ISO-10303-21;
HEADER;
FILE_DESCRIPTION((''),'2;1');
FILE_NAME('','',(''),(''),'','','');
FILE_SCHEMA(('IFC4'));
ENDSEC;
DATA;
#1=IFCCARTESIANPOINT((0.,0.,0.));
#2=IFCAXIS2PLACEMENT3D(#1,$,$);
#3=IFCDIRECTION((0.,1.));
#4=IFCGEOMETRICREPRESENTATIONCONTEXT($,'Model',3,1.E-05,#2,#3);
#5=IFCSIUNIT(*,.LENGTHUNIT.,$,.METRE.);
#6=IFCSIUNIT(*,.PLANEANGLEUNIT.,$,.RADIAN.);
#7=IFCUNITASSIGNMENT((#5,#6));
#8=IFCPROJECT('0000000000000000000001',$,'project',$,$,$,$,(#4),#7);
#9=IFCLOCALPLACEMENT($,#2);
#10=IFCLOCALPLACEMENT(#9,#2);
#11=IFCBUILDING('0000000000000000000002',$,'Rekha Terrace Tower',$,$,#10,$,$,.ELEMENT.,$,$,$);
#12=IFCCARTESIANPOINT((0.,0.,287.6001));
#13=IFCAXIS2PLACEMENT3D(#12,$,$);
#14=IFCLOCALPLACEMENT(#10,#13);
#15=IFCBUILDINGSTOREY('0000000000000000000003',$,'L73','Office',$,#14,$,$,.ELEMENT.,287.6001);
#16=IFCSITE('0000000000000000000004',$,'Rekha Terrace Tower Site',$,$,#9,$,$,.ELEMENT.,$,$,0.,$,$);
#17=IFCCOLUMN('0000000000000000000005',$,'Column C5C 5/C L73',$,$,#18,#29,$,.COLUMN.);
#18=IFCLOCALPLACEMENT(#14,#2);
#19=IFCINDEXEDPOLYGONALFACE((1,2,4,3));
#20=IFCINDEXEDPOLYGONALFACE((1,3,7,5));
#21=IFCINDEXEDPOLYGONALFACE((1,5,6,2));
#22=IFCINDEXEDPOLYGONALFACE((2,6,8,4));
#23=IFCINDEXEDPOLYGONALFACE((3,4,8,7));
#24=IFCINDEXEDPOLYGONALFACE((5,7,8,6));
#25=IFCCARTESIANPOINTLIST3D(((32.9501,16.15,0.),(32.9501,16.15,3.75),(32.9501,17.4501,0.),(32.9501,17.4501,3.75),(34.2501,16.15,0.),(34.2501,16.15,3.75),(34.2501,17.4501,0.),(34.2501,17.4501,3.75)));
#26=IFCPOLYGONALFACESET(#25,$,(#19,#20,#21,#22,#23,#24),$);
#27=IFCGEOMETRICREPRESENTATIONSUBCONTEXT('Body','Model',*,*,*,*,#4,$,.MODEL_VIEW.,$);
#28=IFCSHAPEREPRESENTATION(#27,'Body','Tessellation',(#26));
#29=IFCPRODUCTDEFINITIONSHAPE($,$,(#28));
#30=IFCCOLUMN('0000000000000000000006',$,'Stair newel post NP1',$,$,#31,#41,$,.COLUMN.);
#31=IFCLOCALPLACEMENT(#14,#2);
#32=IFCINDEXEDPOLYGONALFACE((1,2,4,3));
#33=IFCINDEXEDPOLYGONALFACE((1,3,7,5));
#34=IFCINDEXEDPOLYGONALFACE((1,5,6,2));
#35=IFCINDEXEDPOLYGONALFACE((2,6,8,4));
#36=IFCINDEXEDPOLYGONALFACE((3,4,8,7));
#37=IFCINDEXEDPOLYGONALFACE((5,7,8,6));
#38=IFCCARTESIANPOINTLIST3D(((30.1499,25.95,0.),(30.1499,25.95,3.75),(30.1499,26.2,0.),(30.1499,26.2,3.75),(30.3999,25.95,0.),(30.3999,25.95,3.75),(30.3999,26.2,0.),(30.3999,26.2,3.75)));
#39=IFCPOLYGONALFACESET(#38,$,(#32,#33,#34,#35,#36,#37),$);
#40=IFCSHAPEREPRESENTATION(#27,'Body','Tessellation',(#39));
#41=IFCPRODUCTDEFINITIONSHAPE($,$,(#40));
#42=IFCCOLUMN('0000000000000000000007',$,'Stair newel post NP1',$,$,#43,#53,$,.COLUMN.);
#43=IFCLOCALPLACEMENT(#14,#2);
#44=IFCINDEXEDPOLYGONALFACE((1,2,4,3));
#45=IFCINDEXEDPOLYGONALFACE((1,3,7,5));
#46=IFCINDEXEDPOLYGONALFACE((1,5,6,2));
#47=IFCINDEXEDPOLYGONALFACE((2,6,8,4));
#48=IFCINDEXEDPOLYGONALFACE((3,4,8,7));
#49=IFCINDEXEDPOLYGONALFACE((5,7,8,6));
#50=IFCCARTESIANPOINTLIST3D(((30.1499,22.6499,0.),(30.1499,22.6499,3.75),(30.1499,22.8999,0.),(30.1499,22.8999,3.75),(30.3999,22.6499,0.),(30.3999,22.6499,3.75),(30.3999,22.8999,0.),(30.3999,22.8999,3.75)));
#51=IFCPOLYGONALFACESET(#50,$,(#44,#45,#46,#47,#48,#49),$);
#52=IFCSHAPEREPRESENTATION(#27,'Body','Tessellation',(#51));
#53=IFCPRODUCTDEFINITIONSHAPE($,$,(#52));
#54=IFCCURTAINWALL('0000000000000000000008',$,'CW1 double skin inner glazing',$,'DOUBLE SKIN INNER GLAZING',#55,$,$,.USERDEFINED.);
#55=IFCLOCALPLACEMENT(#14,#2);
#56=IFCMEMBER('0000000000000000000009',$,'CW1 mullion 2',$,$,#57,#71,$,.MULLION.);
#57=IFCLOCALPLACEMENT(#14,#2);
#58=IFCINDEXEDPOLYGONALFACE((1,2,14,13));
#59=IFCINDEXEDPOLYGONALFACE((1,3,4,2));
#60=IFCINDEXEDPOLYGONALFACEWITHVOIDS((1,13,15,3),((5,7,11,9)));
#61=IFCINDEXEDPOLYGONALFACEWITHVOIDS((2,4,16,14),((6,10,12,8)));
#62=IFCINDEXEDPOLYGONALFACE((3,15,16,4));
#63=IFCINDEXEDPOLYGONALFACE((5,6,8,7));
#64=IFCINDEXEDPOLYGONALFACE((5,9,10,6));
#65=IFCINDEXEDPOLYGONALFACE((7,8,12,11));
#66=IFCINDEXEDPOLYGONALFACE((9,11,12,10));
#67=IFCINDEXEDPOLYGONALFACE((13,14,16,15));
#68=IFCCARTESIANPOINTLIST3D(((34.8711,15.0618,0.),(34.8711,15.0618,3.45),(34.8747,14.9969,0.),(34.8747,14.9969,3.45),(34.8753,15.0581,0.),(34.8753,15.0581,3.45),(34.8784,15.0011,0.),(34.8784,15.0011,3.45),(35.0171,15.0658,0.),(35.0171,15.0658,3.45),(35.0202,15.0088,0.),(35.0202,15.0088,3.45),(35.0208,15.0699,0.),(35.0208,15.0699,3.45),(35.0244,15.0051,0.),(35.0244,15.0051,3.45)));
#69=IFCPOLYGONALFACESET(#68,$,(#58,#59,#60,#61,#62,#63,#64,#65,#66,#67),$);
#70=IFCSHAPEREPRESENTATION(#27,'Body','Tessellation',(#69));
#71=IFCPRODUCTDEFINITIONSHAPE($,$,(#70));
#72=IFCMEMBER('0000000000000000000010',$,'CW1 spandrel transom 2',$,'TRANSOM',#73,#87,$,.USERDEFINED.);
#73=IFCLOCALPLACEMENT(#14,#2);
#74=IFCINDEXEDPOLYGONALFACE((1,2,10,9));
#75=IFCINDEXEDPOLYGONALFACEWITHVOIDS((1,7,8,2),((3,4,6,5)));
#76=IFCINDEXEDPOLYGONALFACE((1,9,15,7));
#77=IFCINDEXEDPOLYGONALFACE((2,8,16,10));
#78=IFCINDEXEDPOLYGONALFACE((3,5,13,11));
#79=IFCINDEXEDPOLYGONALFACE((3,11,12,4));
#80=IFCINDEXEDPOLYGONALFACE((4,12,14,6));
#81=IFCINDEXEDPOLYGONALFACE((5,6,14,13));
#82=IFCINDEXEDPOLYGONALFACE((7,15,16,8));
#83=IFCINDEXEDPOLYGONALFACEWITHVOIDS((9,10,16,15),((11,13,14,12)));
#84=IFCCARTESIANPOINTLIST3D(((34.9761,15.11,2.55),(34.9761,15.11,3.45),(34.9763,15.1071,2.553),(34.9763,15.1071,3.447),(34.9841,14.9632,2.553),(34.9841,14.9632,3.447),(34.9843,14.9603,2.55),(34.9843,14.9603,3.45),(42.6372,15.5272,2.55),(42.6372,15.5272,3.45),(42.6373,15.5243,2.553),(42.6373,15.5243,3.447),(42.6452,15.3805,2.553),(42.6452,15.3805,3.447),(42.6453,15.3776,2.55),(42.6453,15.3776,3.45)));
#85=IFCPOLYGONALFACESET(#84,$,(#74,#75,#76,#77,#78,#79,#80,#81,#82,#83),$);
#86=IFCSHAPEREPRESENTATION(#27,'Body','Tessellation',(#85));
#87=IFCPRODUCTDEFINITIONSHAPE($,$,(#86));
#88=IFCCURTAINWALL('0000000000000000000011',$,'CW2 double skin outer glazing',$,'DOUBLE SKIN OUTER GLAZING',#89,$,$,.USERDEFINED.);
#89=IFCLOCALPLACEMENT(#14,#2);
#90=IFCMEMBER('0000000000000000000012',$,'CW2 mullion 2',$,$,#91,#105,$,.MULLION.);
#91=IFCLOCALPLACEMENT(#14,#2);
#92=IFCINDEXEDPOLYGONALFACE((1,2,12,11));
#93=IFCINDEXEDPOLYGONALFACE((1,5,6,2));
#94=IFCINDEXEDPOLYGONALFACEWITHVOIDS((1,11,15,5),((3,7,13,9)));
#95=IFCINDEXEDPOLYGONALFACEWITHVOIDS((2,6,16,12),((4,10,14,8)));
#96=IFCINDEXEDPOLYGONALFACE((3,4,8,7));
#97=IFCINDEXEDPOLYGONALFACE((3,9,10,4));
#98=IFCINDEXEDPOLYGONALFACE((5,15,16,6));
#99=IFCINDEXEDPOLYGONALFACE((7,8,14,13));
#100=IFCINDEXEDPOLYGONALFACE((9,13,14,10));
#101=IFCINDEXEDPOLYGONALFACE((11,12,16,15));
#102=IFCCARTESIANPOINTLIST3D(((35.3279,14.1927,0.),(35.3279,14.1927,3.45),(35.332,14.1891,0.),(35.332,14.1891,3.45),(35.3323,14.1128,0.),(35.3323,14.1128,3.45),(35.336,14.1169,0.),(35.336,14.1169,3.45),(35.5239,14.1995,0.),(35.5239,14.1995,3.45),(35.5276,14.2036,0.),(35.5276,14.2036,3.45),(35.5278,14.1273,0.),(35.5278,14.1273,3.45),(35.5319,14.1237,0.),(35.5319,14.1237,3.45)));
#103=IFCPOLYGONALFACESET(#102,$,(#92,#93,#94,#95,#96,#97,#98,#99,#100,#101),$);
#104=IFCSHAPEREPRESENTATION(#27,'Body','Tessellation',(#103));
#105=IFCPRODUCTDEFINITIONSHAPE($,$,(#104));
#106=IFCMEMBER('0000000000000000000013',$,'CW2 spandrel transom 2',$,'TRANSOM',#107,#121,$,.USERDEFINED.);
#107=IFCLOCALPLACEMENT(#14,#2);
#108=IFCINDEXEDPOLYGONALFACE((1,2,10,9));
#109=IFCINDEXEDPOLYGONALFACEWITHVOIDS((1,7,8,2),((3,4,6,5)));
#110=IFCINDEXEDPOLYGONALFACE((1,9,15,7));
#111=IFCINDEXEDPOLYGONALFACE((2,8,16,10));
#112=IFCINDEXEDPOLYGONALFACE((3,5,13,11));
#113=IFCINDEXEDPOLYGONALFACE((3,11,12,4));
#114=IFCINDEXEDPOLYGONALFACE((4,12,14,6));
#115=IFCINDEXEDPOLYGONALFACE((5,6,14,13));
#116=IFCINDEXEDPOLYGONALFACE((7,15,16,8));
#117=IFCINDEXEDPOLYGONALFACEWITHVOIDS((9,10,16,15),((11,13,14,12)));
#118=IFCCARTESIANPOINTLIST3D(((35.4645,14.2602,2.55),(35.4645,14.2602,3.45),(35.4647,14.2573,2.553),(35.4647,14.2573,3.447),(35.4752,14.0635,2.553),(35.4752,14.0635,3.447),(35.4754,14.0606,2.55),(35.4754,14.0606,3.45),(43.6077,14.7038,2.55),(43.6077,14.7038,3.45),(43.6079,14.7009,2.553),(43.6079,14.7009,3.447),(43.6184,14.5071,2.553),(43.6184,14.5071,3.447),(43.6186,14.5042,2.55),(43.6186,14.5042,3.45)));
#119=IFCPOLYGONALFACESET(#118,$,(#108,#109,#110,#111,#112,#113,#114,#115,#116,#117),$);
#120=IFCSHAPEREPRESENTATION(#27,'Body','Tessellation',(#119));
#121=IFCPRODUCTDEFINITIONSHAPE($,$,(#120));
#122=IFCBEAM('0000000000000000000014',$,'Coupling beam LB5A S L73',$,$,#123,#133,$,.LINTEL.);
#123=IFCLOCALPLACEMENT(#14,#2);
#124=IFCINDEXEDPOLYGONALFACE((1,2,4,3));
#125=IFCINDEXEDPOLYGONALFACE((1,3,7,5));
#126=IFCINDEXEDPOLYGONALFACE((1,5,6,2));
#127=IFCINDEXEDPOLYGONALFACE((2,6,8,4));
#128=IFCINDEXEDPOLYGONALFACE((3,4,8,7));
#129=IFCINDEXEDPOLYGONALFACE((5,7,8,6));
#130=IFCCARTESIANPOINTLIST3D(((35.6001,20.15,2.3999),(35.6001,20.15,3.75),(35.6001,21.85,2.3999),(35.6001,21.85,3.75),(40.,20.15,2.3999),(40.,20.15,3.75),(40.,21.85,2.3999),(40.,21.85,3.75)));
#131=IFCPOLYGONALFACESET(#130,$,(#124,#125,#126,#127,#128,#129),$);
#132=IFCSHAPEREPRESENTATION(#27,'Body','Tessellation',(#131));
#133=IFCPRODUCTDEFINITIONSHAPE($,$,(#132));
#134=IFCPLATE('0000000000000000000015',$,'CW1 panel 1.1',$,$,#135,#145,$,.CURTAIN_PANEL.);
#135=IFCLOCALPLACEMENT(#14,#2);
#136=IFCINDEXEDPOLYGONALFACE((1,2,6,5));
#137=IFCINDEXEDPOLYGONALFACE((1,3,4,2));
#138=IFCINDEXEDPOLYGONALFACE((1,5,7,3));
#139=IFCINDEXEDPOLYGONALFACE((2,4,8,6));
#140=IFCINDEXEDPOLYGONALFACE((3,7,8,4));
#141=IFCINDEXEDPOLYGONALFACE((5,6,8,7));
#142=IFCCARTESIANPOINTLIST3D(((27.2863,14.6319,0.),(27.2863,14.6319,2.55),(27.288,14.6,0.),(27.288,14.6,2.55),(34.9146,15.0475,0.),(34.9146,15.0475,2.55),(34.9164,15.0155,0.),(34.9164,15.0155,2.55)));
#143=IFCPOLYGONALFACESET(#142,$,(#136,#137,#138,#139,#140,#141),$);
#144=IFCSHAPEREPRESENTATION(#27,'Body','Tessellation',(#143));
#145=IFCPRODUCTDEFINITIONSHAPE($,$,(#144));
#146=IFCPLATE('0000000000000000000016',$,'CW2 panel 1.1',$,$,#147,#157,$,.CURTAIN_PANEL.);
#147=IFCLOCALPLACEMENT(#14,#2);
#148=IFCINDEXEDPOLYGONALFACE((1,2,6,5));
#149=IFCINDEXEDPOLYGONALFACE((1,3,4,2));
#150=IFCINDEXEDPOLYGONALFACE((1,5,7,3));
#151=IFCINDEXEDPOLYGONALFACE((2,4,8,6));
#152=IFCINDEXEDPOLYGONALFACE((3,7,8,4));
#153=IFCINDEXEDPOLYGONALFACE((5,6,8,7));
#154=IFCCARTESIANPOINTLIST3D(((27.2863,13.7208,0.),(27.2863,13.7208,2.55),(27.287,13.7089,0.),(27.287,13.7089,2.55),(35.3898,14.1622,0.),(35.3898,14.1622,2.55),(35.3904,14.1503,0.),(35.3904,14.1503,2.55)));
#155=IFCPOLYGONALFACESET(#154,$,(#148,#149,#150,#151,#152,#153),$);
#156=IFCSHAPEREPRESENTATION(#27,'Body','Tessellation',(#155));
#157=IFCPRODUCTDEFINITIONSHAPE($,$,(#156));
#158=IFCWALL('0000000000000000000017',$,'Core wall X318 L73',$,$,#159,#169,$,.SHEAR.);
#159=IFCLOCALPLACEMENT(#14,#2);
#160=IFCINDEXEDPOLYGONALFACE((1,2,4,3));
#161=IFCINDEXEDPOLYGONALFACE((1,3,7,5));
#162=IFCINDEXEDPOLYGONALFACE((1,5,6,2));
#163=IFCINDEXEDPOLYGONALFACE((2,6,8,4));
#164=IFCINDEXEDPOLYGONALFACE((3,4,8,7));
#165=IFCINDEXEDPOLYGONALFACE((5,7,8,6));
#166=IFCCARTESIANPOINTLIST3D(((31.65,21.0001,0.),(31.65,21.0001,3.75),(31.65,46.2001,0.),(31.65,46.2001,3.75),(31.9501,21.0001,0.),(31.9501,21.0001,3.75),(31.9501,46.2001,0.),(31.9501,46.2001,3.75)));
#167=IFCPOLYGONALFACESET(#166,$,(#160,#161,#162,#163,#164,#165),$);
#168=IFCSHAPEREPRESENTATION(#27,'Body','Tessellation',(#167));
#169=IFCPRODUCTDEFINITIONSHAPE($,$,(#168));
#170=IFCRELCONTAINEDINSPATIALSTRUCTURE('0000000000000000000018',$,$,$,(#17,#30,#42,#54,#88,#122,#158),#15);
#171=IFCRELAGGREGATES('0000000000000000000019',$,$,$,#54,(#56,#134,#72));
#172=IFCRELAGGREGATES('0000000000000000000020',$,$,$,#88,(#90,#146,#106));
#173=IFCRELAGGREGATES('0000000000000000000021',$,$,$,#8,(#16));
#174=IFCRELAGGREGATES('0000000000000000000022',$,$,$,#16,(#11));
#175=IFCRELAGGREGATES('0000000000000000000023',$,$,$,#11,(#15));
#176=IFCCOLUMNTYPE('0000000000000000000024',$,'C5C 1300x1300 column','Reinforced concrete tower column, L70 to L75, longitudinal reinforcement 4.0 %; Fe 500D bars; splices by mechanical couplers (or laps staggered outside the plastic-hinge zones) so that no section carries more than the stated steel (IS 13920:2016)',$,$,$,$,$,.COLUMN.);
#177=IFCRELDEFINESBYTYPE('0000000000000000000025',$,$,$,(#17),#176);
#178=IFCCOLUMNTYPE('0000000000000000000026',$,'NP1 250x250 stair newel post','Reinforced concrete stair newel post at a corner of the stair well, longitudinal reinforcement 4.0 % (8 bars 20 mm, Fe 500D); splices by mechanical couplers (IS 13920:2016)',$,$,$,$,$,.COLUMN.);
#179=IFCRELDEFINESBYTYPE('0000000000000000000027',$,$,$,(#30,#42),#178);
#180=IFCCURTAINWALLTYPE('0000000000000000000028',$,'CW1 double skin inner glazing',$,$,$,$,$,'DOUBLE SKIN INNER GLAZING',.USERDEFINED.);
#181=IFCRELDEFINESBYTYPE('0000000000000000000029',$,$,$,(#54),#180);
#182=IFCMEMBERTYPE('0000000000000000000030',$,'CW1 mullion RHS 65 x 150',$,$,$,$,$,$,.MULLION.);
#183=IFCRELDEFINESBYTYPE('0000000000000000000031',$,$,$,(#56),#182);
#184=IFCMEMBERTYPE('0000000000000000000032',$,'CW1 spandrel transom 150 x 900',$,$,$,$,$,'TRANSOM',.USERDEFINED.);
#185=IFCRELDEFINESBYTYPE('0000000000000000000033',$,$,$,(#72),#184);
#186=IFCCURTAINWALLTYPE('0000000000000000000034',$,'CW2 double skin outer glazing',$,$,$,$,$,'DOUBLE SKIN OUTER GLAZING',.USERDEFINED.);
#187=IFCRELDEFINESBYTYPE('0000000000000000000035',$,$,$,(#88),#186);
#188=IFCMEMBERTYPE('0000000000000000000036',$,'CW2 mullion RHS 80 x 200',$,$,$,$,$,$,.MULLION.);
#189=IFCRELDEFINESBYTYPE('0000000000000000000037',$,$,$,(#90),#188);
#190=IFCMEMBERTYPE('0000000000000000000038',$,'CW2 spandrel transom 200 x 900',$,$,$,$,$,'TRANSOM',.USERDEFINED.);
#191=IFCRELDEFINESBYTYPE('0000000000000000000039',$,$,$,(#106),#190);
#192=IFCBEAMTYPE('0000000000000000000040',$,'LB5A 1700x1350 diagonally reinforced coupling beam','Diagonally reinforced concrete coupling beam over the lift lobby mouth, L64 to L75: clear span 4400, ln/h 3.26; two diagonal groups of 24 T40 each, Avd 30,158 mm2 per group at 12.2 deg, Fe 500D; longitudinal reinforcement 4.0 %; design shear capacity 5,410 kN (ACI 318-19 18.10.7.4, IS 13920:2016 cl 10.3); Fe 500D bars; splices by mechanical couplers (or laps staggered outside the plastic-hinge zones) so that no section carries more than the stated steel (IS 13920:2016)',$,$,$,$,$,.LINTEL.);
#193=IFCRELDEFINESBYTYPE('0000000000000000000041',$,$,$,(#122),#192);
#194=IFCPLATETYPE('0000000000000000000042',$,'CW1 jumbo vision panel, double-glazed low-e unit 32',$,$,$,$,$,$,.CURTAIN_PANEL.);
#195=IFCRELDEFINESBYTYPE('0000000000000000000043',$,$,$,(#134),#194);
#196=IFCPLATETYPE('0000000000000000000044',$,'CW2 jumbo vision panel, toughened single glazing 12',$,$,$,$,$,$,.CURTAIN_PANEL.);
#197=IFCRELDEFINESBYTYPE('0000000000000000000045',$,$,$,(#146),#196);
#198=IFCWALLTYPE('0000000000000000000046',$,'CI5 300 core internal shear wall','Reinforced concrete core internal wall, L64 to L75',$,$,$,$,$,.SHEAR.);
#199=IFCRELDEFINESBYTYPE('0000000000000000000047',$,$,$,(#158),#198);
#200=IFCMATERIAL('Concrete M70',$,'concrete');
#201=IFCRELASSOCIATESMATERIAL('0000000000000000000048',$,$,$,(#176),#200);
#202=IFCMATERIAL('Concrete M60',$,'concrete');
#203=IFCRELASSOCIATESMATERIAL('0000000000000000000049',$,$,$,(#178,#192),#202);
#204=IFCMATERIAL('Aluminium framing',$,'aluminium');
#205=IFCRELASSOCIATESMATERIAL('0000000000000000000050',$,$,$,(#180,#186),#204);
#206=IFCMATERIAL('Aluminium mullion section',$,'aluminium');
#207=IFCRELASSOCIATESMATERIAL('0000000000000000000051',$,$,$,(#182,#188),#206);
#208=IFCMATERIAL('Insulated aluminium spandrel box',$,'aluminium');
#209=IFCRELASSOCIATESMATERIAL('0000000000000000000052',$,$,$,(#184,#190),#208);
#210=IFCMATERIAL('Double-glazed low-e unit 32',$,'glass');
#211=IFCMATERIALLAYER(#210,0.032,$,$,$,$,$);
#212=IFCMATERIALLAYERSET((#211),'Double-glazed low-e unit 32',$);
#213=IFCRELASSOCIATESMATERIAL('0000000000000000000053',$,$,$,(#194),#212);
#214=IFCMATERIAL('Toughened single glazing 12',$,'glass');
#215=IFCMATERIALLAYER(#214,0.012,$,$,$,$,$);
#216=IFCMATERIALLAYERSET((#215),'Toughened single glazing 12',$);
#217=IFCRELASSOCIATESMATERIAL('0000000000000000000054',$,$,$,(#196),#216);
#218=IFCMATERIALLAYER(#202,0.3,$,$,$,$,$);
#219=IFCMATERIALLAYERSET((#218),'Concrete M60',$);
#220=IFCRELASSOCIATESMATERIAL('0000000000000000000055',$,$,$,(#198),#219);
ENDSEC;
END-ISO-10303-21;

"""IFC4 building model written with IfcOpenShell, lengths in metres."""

from ifc_helpers import new_model, si_unit, direction, frame, frame_2d, origin, origin_2d, place, context, subcontext, project, spatial, rectangle, hollow_rectangle, extrude, material, layer, layer_set, material_profile, profile_set, type_object, element, aggregate, save


model = new_model("IFC4")

# Units and contexts
model_context = context("Model", 3, precision=1e-05, world=origin(), true_north=direction((0.0, 1.0)))
body_context = subcontext(model_context, "Body", "Model", "MODEL_VIEW")
ifc_project = project(units=[si_unit("LENGTHUNIT", "METRE"), si_unit("PLANEANGLEUNIT", "RADIAN")], contexts=[model_context])

# Site, building, storey
site_placement = place(None, origin())
site = spatial("IfcSite", under=ifc_project, at=site_placement, Name="Rekha Terrace Tower Site", CompositionType="ELEMENT", RefElevation=0.0)
building_placement = place(site_placement, origin())
building = spatial("IfcBuilding", under=site, at=building_placement, Name="Rekha Terrace Tower", CompositionType="ELEMENT")
storey_placement = place(building_placement, frame((0.0, 0.0, 287.6001)))
storey = spatial("IfcBuildingStorey", under=building, at=storey_placement, Name="L73", Description="Office", CompositionType="ELEMENT", Elevation=287.6001)

# Columns
ifc_material_1 = material(Name="Concrete M70", Category="concrete")
ifc_material_profile_1 = material_profile(ifc_material_1, rectangle(XDim=1.3, YDim=1.3, at=origin_2d()), Name="RC 1300x1300")
ifc_profile_set_1 = profile_set([ifc_material_profile_1], Name="Concrete M70")
column_type_1 = type_object("IfcColumnType", Name="C5C 1300x1300 column", Description="Reinforced concrete tower column, L70 to L75, longitudinal reinforcement 4.0 %; Fe 500D bars; splices by mechanical couplers (or laps staggered outside the plastic-hinge zones) so that no section carries more than the stated steel (IS 13920:2016)", PredefinedType="COLUMN", material=ifc_profile_set_1)
column_placement = place(storey_placement, frame((33.6001, 16.8, 0.0), z_axis=(0.0, 0.0, 1.0), x_axis=(1.0, 0.0, 0.0)))
element("IfcColumn", 1, at=column_placement, inside=storey, type_object=column_type_1, Name="Column C5C 5/C L73", PredefinedType="COLUMN", context=body_context, shape_type="SweptSolid", body=[
    extrude(rectangle(XDim=1.3, YDim=1.3, at=origin_2d()), origin(), (0.0, 0.0, 1.0), 3.75),
])
ifc_material_2 = material(Name="Concrete M60", Category="concrete")
ifc_material_profile_2 = material_profile(ifc_material_2, rectangle(XDim=0.25, YDim=0.25, at=origin_2d()), Name="RC 250x250")
ifc_profile_set_2 = profile_set([ifc_material_profile_2], Name="Concrete M60")
column_type_2 = type_object("IfcColumnType", Name="NP1 250x250 stair newel post", Description="Reinforced concrete stair newel post at a corner of the stair well, longitudinal reinforcement 4.0 % (8 bars 20 mm, Fe 500D); splices by mechanical couplers (IS 13920:2016)", PredefinedType="COLUMN", material=ifc_profile_set_2)
for number, where, z_axis, x_axis, name in (
    (2, (30.2749, 26.075, 0.0), (0.0, 0.0, 1.0), (1.0, 0.0, 0.0), "Stair newel post NP1"),
    (3, (30.2749, 22.7749, 0.0), (0.0, 0.0, 1.0), (1.0, 0.0, 0.0), "Stair newel post NP1"),
):
    element("IfcColumn", number, at=place(storey_placement, frame(where, z_axis=z_axis, x_axis=x_axis)), inside=storey, type_object=column_type_2, Name=name, PredefinedType="COLUMN", context=body_context, shape_type="SweptSolid", body=[
        extrude(rectangle(XDim=0.25, YDim=0.25, at=origin_2d()), origin(), (0.0, 0.0, 1.0), 3.75),
    ])

# Curtain walls, members
ifc_material_3 = material(Name="Aluminium framing", Category="aluminium")
curtain_wall_type_1 = type_object("IfcCurtainWallType", Name="CW1 double skin inner glazing", ElementType="DOUBLE SKIN INNER GLAZING", PredefinedType="USERDEFINED", material=ifc_material_3)
curtain_wall_1_placement = place(storey_placement, origin())
curtain_wall_1 = element("IfcCurtainWall", 4, at=curtain_wall_1_placement, inside=storey, type_object=curtain_wall_type_1, Name="CW1 double skin inner glazing", ObjectType="DOUBLE SKIN INNER GLAZING", PredefinedType="USERDEFINED")
ifc_material_4 = material(Name="Aluminium mullion section", Category="aluminium")
ifc_material_profile_3 = material_profile(ifc_material_4, hollow_rectangle(XDim=0.0649, YDim=0.1499, WallThickness=0.0039, at=origin_2d()), Name="AL RHS 65x150")
ifc_profile_set_3 = profile_set([ifc_material_profile_3], Name="Aluminium mullion section")
member_type_1 = type_object("IfcMemberType", Name="CW1 mullion RHS 65 x 150", PredefinedType="MULLION", material=ifc_profile_set_3)
member_1_placement = place(storey_placement, frame((34.9478, 15.0334, 0.0), z_axis=(0.0, 0.0, 1.0), x_axis=(-0.054389, 0.99852, 0.0)))
member_1 = element("IfcMember", 5, at=member_1_placement, type_object=member_type_1, Name="CW1 mullion 2", PredefinedType="MULLION", context=body_context, shape_type="SweptSolid", body=[
    extrude(hollow_rectangle(XDim=0.0649, YDim=0.1499, WallThickness=0.0039, at=origin_2d()), origin(), (0.0, 0.0, 1.0), 3.45),
])
ifc_material_5 = material(Name="Insulated aluminium spandrel box", Category="aluminium")
ifc_material_profile_4 = material_profile(ifc_material_5, hollow_rectangle(XDim=0.1499, YDim=0.8999, WallThickness=0.0029, at=origin_2d()), Name="AL SPANDREL BOX 150x900")
ifc_profile_set_4 = profile_set([ifc_material_profile_4], Name="Insulated aluminium spandrel box")
member_type_2 = type_object("IfcMemberType", Name="CW1 spandrel transom 150 x 900", ElementType="TRANSOM", PredefinedType="USERDEFINED", material=ifc_profile_set_4)
member_2_placement = place(storey_placement, frame((34.9802, 15.0352, 3.0), z_axis=(0.99852, 0.054383, 0.0), x_axis=(-0.054383, 0.99852, 0.0)))
member_2 = element("IfcMember", 6, at=member_2_placement, type_object=member_type_2, Name="CW1 spandrel transom 2", ObjectType="TRANSOM", PredefinedType="USERDEFINED", context=body_context, shape_type="SweptSolid", body=[
    extrude(hollow_rectangle(XDim=0.1499, YDim=0.8999, WallThickness=0.0029, at=origin_2d()), origin(), (0.0, 0.0, 1.0), 7.6724),
])
curtain_wall_type_2 = type_object("IfcCurtainWallType", Name="CW2 double skin outer glazing", ElementType="DOUBLE SKIN OUTER GLAZING", PredefinedType="USERDEFINED", material=ifc_material_3)
curtain_wall_2_placement = place(storey_placement, origin())
curtain_wall_2 = element("IfcCurtainWall", 7, at=curtain_wall_2_placement, inside=storey, type_object=curtain_wall_type_2, Name="CW2 double skin outer glazing", ObjectType="DOUBLE SKIN OUTER GLAZING", PredefinedType="USERDEFINED")
ifc_material_profile_5 = material_profile(ifc_material_4, hollow_rectangle(XDim=0.0801, YDim=0.2, WallThickness=0.0039, at=origin_2d()), Name="AL RHS 80x200")
ifc_profile_set_5 = profile_set([ifc_material_profile_5], Name="Aluminium mullion section")
member_type_3 = type_object("IfcMemberType", Name="CW2 mullion RHS 80 x 200", PredefinedType="MULLION", material=ifc_profile_set_5)
member_3_placement = place(storey_placement, frame((35.4299, 14.1582, 0.0), z_axis=(0.0, 0.0, 1.0), x_axis=(-0.054389, 0.99852, 0.0)))
member_3 = element("IfcMember", 8, at=member_3_placement, type_object=member_type_3, Name="CW2 mullion 2", PredefinedType="MULLION", context=body_context, shape_type="SweptSolid", body=[
    extrude(hollow_rectangle(XDim=0.0801, YDim=0.2, WallThickness=0.0039, at=origin_2d()), origin(), (0.0, 0.0, 1.0), 3.45),
])
ifc_material_profile_6 = material_profile(ifc_material_5, hollow_rectangle(XDim=0.2, YDim=0.8999, WallThickness=0.0029, at=origin_2d()), Name="AL SPANDREL BOX 200x900")
ifc_profile_set_6 = profile_set([ifc_material_profile_6], Name="Insulated aluminium spandrel box")
member_type_4 = type_object("IfcMemberType", Name="CW2 spandrel transom 200 x 900", ElementType="TRANSOM", PredefinedType="USERDEFINED", material=ifc_profile_set_6)
member_4_placement = place(storey_placement, frame((35.47, 14.1604, 3.0), z_axis=(0.99852, 0.054394, 0.0), x_axis=(-0.054394, 0.99852, 0.0)))
member_4 = element("IfcMember", 9, at=member_4_placement, type_object=member_type_4, Name="CW2 spandrel transom 2", ObjectType="TRANSOM", PredefinedType="USERDEFINED", context=body_context, shape_type="SweptSolid", body=[
    extrude(hollow_rectangle(XDim=0.2, YDim=0.8999, WallThickness=0.0029, at=origin_2d()), origin(), (0.0, 0.0, 1.0), 8.1553),
])

# Beam
ifc_material_profile_7 = material_profile(ifc_material_2, rectangle(XDim=1.7, YDim=1.3501, at=origin_2d()), Name="RC 1700x1350")
ifc_profile_set_7 = profile_set([ifc_material_profile_7], Name="Concrete M60")
beam_type = type_object("IfcBeamType", Name="LB5A 1700x1350 diagonally reinforced coupling beam", Description="Diagonally reinforced concrete coupling beam over the lift lobby mouth, L64 to L75: clear span 4400, ln/h 3.26; two diagonal groups of 24 T40 each, Avd 30,158 mm2 per group at 12.2 deg, Fe 500D; longitudinal reinforcement 4.0 %; design shear capacity 5,410 kN (ACI 318-19 18.10.7.4, IS 13920:2016 cl 10.3); Fe 500D bars; splices by mechanical couplers (or laps staggered outside the plastic-hinge zones) so that no section carries more than the stated steel (IS 13920:2016)", PredefinedType="LINTEL", material=ifc_profile_set_7)
beam_placement = place(storey_placement, frame((35.6001, 21.0, 3.075), z_axis=(1.0, 0.0, 0.0), x_axis=(0.0, 1.0, 0.0)))
element("IfcBeam", 10, at=beam_placement, inside=storey, type_object=beam_type, Name="Coupling beam LB5A S L73", PredefinedType="LINTEL", context=body_context, shape_type="SweptSolid", body=[
    extrude(rectangle(XDim=1.7, YDim=1.3501, at=origin_2d()), origin(), (0.0, 0.0, 1.0), 4.3999),
])

# Plates
ifc_material_6 = material(Name="Double-glazed low-e unit 32", Category="glass")
ifc_layer_1 = layer(ifc_material_6, 0.032)
ifc_layer_set_1 = layer_set([ifc_layer_1], Name="Double-glazed low-e unit 32")
plate_type_1 = type_object("IfcPlateType", Name="CW1 jumbo vision panel, double-glazed low-e unit 32", PredefinedType="CURTAIN_PANEL", material=ifc_layer_set_1)
plate_1_placement = place(storey_placement, frame((31.1013, 14.8237, 0.0), z_axis=(0.0, 0.0, 1.0), x_axis=(0.99852, 0.054389, 0.0)))
plate_1 = element("IfcPlate", 11, at=plate_1_placement, type_object=plate_type_1, Name="CW1 panel 1.1", PredefinedType="CURTAIN_PANEL", context=body_context, shape_type="SweptSolid", body=[
    extrude(rectangle(XDim=7.6396, YDim=0.032, at=origin_2d()), origin(), (0.0, 0.0, 1.0), 2.55),
])
aggregate(curtain_wall_1, [member_1, plate_1, member_2])
ifc_material_7 = material(Name="Toughened single glazing 12", Category="glass")
ifc_layer_2 = layer(ifc_material_7, 0.012)
ifc_layer_set_2 = layer_set([ifc_layer_2], Name="Toughened single glazing 12")
plate_type_2 = type_object("IfcPlateType", Name="CW2 jumbo vision panel, toughened single glazing 12", PredefinedType="CURTAIN_PANEL", material=ifc_layer_set_2)
plate_2_placement = place(storey_placement, frame((31.3384, 13.9355, 0.0), z_axis=(0.0, 0.0, 1.0), x_axis=(0.99852, 0.054389, 0.0)))
plate_2 = element("IfcPlate", 12, at=plate_2_placement, type_object=plate_type_2, Name="CW2 panel 1.1", PredefinedType="CURTAIN_PANEL", context=body_context, shape_type="SweptSolid", body=[
    extrude(rectangle(XDim=8.1155, YDim=0.012, at=origin_2d()), origin(), (0.0, 0.0, 1.0), 2.55),
])
aggregate(curtain_wall_2, [member_3, plate_2, member_4])

# Wall
ifc_layer_3 = layer(ifc_material_2, 0.3)
ifc_layer_set_3 = layer_set([ifc_layer_3], Name="Concrete M60")
wall_type_1 = type_object("IfcWallType", Name="CI5 300 core internal shear wall", Description="Reinforced concrete core internal wall, L64 to L75", PredefinedType="SHEAR", material=ifc_layer_set_3)
wall_1_placement = place(storey_placement, frame((31.8, 21.0, 0.0), z_axis=(0.0, 0.0, 1.0), x_axis=(0.0, 1.0, 0.0)))
element("IfcWall", 13, at=wall_1_placement, inside=storey, type_object=wall_type_1, Name="Core wall X318 L73", PredefinedType="SHEAR", context=body_context, shape_type="SweptSolid", body=[
    extrude(rectangle(XDim=25.2, YDim=0.3, at=frame_2d((12.6001, 0.0))), origin(), (0.0, 0.0, 1.0), 3.75),
])

save(model, "model.ifc")
